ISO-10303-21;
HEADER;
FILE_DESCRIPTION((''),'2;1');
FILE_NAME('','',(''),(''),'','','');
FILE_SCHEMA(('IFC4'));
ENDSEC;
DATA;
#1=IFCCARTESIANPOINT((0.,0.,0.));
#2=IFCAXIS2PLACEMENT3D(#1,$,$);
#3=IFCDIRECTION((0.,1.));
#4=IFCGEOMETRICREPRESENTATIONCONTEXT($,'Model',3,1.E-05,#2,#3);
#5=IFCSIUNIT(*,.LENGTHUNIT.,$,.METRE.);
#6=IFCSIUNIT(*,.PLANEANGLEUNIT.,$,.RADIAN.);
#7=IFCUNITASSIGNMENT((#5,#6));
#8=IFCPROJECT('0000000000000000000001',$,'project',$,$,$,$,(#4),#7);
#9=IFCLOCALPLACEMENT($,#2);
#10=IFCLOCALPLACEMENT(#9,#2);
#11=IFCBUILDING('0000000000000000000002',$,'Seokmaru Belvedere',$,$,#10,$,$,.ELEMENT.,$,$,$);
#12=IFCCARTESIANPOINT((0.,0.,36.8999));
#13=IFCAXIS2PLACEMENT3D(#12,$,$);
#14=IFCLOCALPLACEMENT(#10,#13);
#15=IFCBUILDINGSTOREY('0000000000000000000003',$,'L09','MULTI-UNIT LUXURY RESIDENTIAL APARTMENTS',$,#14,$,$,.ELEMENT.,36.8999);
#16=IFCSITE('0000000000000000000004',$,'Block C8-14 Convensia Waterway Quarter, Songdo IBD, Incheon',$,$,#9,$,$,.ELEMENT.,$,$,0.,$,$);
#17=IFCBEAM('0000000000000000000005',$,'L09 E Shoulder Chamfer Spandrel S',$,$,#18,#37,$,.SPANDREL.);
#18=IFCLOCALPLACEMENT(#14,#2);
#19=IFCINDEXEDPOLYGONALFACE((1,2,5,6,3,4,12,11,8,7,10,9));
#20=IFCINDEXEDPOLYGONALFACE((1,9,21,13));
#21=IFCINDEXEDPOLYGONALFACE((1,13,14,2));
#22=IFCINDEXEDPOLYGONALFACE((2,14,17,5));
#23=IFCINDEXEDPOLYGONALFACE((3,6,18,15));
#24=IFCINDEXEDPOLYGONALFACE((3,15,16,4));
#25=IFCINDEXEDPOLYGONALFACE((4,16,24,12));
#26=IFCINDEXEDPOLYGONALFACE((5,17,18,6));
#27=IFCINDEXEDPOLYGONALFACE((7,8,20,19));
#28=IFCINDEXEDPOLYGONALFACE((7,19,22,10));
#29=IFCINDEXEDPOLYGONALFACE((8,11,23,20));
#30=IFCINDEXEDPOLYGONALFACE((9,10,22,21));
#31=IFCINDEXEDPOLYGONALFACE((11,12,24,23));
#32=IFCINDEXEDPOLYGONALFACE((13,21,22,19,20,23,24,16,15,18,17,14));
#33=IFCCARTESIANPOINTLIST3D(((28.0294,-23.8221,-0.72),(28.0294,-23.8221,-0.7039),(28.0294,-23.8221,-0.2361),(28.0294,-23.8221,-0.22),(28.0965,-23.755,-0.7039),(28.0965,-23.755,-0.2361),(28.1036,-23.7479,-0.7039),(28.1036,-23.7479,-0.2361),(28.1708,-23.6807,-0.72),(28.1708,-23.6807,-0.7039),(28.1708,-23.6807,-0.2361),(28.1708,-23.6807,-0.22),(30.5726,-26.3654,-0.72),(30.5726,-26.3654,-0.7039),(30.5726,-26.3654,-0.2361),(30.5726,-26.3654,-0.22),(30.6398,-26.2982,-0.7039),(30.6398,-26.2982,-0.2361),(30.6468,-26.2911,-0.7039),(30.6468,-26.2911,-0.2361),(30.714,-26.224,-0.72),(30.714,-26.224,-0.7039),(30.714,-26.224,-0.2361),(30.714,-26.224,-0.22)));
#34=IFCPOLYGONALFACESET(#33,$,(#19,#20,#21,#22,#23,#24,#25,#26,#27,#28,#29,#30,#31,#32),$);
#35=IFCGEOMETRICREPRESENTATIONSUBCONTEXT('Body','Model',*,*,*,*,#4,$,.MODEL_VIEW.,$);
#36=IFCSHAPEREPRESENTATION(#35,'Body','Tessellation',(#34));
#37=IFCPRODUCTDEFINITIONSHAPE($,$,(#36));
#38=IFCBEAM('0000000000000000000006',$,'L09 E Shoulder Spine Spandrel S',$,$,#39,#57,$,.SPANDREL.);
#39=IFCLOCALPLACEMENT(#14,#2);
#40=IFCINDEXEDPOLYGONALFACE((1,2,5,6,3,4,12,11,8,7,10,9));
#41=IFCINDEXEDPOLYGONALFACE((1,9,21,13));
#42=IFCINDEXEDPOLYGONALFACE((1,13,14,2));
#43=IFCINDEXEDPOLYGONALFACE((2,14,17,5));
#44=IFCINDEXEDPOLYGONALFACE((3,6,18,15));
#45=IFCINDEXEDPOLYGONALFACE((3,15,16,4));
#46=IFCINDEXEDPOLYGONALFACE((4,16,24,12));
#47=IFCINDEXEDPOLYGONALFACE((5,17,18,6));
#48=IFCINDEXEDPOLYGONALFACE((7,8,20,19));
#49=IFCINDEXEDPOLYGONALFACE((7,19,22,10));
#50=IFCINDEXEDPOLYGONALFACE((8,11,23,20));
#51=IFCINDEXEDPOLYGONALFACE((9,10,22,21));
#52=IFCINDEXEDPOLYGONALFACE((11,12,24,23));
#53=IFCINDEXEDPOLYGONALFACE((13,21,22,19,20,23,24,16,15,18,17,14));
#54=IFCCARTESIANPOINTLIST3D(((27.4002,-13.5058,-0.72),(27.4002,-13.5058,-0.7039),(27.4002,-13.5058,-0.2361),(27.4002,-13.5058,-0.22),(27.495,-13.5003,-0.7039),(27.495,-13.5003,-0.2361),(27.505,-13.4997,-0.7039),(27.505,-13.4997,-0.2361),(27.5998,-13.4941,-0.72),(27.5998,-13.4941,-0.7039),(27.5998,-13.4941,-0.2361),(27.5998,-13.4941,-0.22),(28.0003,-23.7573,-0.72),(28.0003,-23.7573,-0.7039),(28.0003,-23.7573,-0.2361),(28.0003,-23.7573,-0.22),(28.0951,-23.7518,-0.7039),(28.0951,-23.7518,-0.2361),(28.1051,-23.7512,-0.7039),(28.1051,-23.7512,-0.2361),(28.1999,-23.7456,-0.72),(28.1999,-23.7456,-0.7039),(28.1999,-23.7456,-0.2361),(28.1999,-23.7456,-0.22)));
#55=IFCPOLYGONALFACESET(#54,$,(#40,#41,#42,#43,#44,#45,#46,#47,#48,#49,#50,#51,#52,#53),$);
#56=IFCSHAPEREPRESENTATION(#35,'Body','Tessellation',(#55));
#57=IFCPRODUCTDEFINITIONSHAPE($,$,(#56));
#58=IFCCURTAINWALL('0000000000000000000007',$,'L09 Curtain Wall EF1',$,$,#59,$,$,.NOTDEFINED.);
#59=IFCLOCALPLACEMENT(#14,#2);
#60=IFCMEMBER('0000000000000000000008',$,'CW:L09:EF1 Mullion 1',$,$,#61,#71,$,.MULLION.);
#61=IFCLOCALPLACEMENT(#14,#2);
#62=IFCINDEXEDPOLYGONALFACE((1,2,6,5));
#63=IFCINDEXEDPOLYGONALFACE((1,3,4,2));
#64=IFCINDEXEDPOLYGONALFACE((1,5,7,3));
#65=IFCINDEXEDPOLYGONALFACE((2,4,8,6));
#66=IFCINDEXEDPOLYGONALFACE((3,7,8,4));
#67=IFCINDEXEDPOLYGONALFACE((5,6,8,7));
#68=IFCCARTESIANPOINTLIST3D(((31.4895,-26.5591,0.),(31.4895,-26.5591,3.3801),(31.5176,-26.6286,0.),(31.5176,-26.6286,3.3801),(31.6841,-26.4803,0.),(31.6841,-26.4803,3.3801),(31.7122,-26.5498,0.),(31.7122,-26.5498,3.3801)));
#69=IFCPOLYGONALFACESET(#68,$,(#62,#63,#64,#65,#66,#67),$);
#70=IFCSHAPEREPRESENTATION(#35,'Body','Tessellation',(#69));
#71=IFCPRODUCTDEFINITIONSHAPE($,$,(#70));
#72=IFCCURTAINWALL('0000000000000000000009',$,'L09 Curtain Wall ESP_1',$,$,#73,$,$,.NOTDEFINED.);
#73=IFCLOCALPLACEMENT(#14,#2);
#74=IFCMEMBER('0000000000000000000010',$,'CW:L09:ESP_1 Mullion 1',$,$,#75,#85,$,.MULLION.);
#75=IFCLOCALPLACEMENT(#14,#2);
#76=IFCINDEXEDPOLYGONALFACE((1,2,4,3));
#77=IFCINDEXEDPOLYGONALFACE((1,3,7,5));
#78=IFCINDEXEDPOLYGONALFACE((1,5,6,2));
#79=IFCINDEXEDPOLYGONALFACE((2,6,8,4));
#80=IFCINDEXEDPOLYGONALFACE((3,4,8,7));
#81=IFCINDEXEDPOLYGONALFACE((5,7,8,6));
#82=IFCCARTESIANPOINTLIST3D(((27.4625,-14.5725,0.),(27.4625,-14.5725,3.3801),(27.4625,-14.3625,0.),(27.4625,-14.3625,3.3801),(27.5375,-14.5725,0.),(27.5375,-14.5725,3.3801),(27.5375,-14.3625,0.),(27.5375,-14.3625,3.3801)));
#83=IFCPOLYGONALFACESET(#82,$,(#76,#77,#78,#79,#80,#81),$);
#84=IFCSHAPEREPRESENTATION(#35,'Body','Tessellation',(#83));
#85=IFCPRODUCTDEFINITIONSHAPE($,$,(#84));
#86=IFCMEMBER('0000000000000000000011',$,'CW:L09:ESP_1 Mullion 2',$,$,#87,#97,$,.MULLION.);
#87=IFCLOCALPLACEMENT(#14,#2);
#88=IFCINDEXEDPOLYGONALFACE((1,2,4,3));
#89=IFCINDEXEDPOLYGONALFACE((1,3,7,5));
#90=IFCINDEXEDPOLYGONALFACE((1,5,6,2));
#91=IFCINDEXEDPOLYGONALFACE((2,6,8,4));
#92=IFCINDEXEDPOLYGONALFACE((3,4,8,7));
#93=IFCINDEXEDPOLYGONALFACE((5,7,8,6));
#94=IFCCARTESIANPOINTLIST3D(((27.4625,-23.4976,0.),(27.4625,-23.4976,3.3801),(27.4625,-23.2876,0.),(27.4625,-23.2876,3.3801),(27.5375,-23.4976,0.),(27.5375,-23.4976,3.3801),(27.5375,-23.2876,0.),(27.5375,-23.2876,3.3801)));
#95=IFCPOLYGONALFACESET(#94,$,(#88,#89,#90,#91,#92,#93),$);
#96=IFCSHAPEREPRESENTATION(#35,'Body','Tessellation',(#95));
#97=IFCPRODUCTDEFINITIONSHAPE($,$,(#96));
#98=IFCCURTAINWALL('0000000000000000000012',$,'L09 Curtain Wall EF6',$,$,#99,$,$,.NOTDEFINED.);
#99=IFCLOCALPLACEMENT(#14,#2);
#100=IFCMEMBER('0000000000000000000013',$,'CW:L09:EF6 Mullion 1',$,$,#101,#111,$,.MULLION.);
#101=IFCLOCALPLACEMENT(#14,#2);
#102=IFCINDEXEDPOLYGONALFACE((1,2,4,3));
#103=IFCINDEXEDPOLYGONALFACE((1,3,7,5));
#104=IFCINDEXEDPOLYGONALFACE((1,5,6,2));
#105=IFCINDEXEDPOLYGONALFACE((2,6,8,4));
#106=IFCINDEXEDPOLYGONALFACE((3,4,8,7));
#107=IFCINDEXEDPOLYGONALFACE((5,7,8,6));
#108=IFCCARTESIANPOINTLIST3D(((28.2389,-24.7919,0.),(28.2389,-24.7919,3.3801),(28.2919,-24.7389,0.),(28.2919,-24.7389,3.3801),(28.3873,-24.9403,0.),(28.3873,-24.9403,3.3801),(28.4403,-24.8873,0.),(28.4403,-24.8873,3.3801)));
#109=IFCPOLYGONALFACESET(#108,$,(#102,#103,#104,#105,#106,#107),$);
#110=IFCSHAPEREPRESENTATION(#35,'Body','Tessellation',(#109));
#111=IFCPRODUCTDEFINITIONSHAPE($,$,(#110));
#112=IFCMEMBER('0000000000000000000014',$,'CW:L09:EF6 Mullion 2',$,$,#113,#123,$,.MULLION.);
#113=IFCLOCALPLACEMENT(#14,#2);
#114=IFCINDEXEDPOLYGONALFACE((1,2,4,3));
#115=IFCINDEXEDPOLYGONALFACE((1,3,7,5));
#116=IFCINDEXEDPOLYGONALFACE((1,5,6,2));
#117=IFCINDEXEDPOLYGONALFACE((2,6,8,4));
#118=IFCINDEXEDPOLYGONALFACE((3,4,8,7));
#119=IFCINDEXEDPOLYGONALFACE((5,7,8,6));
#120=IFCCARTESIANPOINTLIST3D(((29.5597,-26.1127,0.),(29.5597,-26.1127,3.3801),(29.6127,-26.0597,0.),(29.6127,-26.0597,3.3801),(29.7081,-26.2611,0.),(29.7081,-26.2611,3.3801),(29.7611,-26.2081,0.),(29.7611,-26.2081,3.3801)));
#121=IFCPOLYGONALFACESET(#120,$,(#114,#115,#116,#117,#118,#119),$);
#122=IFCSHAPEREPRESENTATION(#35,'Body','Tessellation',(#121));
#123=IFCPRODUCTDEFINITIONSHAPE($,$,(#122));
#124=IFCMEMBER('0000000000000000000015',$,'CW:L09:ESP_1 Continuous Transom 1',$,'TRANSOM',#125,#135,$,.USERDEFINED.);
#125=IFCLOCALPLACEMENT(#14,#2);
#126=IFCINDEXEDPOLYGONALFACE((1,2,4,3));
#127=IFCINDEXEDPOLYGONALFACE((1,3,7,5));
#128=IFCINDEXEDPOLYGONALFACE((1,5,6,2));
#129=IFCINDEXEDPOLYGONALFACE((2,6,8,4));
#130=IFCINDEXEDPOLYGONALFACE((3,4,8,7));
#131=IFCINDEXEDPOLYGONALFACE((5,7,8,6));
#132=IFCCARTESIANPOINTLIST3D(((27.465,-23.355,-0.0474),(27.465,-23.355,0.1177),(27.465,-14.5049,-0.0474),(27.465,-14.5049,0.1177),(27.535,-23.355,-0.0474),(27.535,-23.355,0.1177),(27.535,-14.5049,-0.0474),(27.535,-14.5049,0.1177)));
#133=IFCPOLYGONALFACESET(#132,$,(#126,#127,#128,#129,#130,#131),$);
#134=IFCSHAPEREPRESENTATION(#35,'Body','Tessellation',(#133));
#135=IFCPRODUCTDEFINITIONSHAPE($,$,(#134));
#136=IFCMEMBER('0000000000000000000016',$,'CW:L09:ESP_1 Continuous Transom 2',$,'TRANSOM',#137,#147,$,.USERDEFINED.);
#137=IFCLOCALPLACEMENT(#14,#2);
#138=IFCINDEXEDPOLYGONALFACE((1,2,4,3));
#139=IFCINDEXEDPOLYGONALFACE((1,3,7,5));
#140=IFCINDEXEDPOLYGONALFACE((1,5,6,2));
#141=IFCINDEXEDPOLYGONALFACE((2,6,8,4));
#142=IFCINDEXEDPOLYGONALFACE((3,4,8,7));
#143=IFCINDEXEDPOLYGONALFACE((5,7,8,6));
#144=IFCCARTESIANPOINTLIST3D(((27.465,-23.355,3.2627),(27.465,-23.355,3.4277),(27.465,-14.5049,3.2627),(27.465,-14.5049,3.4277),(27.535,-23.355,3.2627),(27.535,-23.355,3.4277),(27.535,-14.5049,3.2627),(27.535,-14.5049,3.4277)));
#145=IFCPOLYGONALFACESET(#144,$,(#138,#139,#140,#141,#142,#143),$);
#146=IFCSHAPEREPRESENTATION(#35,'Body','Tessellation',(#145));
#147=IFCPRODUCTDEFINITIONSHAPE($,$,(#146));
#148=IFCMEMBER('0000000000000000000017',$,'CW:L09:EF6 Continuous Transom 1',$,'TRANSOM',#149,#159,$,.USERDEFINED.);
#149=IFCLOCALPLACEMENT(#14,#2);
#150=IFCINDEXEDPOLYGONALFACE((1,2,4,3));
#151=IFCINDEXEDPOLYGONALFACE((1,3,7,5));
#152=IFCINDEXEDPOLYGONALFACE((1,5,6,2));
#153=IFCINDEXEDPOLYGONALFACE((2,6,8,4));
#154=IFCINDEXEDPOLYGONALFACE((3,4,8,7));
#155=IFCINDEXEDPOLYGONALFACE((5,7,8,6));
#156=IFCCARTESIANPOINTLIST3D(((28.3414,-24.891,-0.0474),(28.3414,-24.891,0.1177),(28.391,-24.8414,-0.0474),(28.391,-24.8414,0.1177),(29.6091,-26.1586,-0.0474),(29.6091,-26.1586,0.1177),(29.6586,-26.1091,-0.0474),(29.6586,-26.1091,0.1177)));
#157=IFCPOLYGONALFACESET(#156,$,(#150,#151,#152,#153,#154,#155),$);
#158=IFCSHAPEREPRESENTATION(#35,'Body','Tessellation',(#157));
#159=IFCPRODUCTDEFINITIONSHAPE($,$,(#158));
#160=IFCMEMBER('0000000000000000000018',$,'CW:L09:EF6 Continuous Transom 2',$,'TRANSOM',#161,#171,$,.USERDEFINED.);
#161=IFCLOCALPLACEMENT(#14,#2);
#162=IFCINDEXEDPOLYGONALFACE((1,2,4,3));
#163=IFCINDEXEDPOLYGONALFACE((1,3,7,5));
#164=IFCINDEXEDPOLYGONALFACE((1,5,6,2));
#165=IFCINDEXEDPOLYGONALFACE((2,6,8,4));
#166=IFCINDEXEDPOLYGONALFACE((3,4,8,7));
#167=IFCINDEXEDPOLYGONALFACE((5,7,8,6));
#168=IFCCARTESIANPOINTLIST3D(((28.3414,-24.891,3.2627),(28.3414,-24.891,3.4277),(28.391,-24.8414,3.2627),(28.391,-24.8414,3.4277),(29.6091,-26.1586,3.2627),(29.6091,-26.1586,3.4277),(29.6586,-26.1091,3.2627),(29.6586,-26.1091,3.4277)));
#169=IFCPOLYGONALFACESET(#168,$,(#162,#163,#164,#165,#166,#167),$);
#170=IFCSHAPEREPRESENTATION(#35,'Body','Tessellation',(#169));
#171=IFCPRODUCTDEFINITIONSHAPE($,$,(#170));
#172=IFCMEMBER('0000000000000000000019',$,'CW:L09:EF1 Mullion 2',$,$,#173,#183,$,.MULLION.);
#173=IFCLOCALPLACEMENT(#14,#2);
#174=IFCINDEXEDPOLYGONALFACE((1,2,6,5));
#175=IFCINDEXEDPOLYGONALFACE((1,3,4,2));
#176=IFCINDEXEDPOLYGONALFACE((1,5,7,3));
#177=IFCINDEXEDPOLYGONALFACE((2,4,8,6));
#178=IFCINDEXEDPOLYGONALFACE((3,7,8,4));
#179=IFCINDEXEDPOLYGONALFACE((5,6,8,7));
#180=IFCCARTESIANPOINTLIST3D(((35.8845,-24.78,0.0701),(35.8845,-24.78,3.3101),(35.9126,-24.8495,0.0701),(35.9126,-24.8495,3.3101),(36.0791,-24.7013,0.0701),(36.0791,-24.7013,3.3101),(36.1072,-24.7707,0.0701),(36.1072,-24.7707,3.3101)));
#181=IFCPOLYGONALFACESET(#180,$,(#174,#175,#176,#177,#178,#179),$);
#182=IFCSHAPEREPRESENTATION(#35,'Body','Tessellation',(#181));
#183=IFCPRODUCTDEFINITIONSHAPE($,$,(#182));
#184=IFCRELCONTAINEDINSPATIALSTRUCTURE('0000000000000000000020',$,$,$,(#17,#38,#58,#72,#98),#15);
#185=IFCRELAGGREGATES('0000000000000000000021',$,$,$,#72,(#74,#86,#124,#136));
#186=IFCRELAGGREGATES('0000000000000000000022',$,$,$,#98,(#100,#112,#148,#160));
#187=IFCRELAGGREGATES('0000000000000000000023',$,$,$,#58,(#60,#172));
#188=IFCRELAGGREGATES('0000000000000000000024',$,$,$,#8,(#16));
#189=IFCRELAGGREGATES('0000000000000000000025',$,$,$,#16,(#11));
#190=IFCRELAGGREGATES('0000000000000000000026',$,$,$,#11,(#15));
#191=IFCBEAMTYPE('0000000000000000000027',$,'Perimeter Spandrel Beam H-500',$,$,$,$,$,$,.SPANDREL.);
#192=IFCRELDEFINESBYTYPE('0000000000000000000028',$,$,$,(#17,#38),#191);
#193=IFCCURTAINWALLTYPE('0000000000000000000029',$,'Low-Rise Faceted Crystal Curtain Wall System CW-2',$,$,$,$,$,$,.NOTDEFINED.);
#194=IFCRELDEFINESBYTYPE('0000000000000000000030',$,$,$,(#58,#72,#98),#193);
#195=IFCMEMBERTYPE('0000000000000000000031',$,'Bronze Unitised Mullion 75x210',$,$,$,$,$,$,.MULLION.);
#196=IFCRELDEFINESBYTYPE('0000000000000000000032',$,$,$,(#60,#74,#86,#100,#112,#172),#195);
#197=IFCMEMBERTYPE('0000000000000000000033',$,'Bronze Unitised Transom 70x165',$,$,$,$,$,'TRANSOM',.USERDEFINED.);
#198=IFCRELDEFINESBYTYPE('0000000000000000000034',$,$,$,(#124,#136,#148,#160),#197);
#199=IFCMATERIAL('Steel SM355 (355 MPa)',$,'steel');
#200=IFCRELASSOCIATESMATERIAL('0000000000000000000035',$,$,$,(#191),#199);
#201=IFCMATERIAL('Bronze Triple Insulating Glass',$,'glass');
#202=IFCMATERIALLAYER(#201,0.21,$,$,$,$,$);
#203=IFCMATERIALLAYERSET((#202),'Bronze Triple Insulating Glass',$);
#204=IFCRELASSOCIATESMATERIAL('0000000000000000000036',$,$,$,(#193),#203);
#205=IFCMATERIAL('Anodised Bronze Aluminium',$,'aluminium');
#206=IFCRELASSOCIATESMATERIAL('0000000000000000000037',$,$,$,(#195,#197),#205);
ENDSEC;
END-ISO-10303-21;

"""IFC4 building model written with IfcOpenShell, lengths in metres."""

from ifc_helpers import new_model, si_unit, direction, frame, origin, origin_2d, place, context, subcontext, project, spatial, rectangle, i_section, extrude, source, transform, mapped, material, layer, layer_set, material_profile, profile_set, type_object, type_shapes, element, aggregate, save


model = new_model("IFC4")

# Units and contexts
model_context = context("Model", 3, precision=1e-05, world=origin(), true_north=direction((0.0, 1.0)))
body_context = subcontext(model_context, "Body", "Model", "MODEL_VIEW")
ifc_project = project(units=[si_unit("LENGTHUNIT", "METRE"), si_unit("PLANEANGLEUNIT", "RADIAN")], contexts=[model_context])

# Site, building, storey
site_placement = place(None, origin())
site = spatial("IfcSite", under=ifc_project, at=site_placement, Name="Block C8-14 Convensia Waterway Quarter, Songdo IBD, Incheon", CompositionType="ELEMENT", RefElevation=0.0)
building_placement = place(site_placement, origin())
building = spatial("IfcBuilding", under=site, at=building_placement, Name="Seokmaru Belvedere", CompositionType="ELEMENT")
storey_placement = place(building_placement, frame((0.0, 0.0, 36.8999)))
storey = spatial("IfcBuildingStorey", under=building, at=storey_placement, Name="L09", Description="MULTI-UNIT LUXURY RESIDENTIAL APARTMENTS", CompositionType="ELEMENT", Elevation=36.8999)

# Shared definitions
ifc_material_1 = material(Name="Steel SM355 (355 MPa)", Category="steel")

# Beams
ifc_material_profile_1 = material_profile(ifc_material_1, i_section(OverallWidth=0.2, OverallDepth=0.5, WebThickness=0.01, FlangeThickness=0.0161, at=origin_2d()), Name="H-500x200x10x16")
ifc_profile_set_1 = profile_set([ifc_material_profile_1], Name="Steel SM355 (355 MPa)")
beam_type_1 = type_object("IfcBeamType", Name="Perimeter Spandrel Beam H-500", PredefinedType="SPANDREL", material=ifc_profile_set_1)
shared_shape_1 = source(origin(), body_context, "Body", "SweptSolid", [
    extrude(i_section(OverallWidth=0.2, OverallDepth=0.5, WebThickness=0.01, FlangeThickness=0.0161, at=origin_2d()), origin(), (0.0, 0.0, 1.0), 3.5967),
])
beam_1_placement = place(storey_placement, frame((30.6433, -26.2947, -0.47), z_axis=(-0.707107, 0.707107, 0.0), x_axis=(-0.707107, -0.707107, 0.0)))
element("IfcBeam", 1, at=beam_1_placement, inside=storey, type_object=beam_type_1, Name="L09 E Shoulder Chamfer Spandrel S", PredefinedType="SPANDREL", context=body_context, shape_type="MappedRepresentation", body=[
    mapped(shared_shape_1, transform((0.0, 0.0, 0.0), scale=1.0)),
])
shared_shape_2 = source(origin(), body_context, "Body", "SweptSolid", [
    extrude(i_section(OverallWidth=0.2, OverallDepth=0.5, WebThickness=0.01, FlangeThickness=0.0161, at=origin_2d()), origin(), (0.0, 0.0, 1.0), 10.269),
])
beam_2_placement = place(storey_placement, frame((28.1001, -23.7515, -0.47), z_axis=(-0.058438, 0.998291, 0.0), x_axis=(-0.998291, -0.058438, 0.0)))
element("IfcBeam", 2, at=beam_2_placement, inside=storey, type_object=beam_type_1, Name="L09 E Shoulder Spine Spandrel S", PredefinedType="SPANDREL", context=body_context, shape_type="MappedRepresentation", body=[
    mapped(shared_shape_2, transform((0.0, 0.0, 0.0), scale=1.0)),
])

# Curtain wall, member
ifc_material_2 = material(Name="Bronze Triple Insulating Glass", Category="glass")
ifc_layer_1 = layer(ifc_material_2, 0.21)
ifc_layer_set_1 = layer_set([ifc_layer_1], Name="Bronze Triple Insulating Glass")
curtain_wall_type = type_object("IfcCurtainWallType", Name="Low-Rise Faceted Crystal Curtain Wall System CW-2", PredefinedType="NOTDEFINED", material=ifc_layer_set_1)
curtain_wall_1_placement = place(storey_placement, origin())
curtain_wall_1 = element("IfcCurtainWall", 3, at=curtain_wall_1_placement, inside=storey, type_object=curtain_wall_type, Name="L09 Curtain Wall EF1", PredefinedType="NOTDEFINED")
ifc_material_3 = material(Name="Anodised Bronze Aluminium", Category="aluminium")
ifc_material_profile_2 = material_profile(ifc_material_3, rectangle(XDim=0.075, YDim=0.21, at=origin_2d()), Name="CW-M-75x210")
ifc_profile_set_2 = profile_set([ifc_material_profile_2], Name="Anodised Bronze Aluminium")
member_type_1 = type_object("IfcMemberType", Name="Bronze Unitised Mullion 75x210", PredefinedType="MULLION", material=ifc_profile_set_2)
shared_shape_3 = source(origin(), body_context, "Body", "SweptSolid", [
    extrude(rectangle(XDim=0.075, YDim=0.21, at=origin_2d()), origin(), (0.0, 0.0, 1.0), 3.3801),
])
member_1_placement = place(storey_placement, frame((31.6008, -26.5544, 0.0), z_axis=(0.0, 0.0, 1.0), x_axis=(-0.375192, 0.926947, 0.0)))
member_1 = element("IfcMember", 4, at=member_1_placement, type_object=member_type_1, Name="CW:L09:EF1 Mullion 1", PredefinedType="MULLION", context=body_context, shape_type="MappedRepresentation", body=[
    mapped(shared_shape_3, transform((0.0, 0.0, 0.0), scale=1.0)),
])

# Curtain walls, members
curtain_wall_2_placement = place(storey_placement, origin())
curtain_wall_2 = element("IfcCurtainWall", 5, at=curtain_wall_2_placement, inside=storey, type_object=curtain_wall_type, Name="L09 Curtain Wall ESP_1", PredefinedType="NOTDEFINED")
member_2_placement = place(storey_placement, frame((27.5, -14.4675, 0.0), z_axis=(0.0, 0.0, 1.0), x_axis=(1.0, 0.0, 0.0)))
member_2 = element("IfcMember", 6, at=member_2_placement, type_object=member_type_1, Name="CW:L09:ESP_1 Mullion 1", PredefinedType="MULLION", context=body_context, shape_type="MappedRepresentation", body=[
    mapped(shared_shape_3, transform((0.0, 0.0, 0.0), scale=1.0)),
])
member_3_placement = place(storey_placement, frame((27.5, -23.3926, 0.0), z_axis=(0.0, 0.0, 1.0), x_axis=(1.0, 0.0, 0.0)))
member_3 = element("IfcMember", 7, at=member_3_placement, type_object=member_type_1, Name="CW:L09:ESP_1 Mullion 2", PredefinedType="MULLION", context=body_context, shape_type="MappedRepresentation", body=[
    mapped(shared_shape_3, transform((0.0, 0.0, 0.0), scale=1.0)),
])
curtain_wall_3_placement = place(storey_placement, origin())
curtain_wall_3 = element("IfcCurtainWall", 8, at=curtain_wall_3_placement, inside=storey, type_object=curtain_wall_type, Name="L09 Curtain Wall EF6", PredefinedType="NOTDEFINED")
member_4_placement = place(storey_placement, frame((28.3396, -24.8396, 0.0), z_axis=(0.0, 0.0, 1.0), x_axis=(0.707107, 0.707107, 0.0)))
member_4 = element("IfcMember", 9, at=member_4_placement, type_object=member_type_1, Name="CW:L09:EF6 Mullion 1", PredefinedType="MULLION", context=body_context, shape_type="MappedRepresentation", body=[
    mapped(shared_shape_3, transform((0.0, 0.0, 0.0), scale=1.0)),
])
member_5_placement = place(storey_placement, frame((29.6604, -26.1604, 0.0), z_axis=(0.0, 0.0, 1.0), x_axis=(0.707107, 0.707107, 0.0)))
member_5 = element("IfcMember", 10, at=member_5_placement, type_object=member_type_1, Name="CW:L09:EF6 Mullion 2", PredefinedType="MULLION", context=body_context, shape_type="MappedRepresentation", body=[
    mapped(shared_shape_3, transform((0.0, 0.0, 0.0), scale=1.0)),
])

# Members
ifc_material_profile_3 = material_profile(ifc_material_3, rectangle(XDim=0.0701, YDim=0.165, at=origin_2d()), Name="CW-T-70x165")
ifc_profile_set_3 = profile_set([ifc_material_profile_3], Name="Anodised Bronze Aluminium")
member_type_2 = type_object("IfcMemberType", Name="Bronze Unitised Transom 70x165", ElementType="TRANSOM", PredefinedType="USERDEFINED", material=ifc_profile_set_3)
shared_shape_4 = source(origin(), body_context, "Body", "SweptSolid", [
    extrude(rectangle(XDim=0.0701, YDim=0.165, at=origin_2d()), origin(), (0.0, 0.0, 1.0), 8.8501),
])
member_6_placement = place(storey_placement, frame((27.5, -14.5049, 0.0352), z_axis=(0.0, -1.0, 0.0), x_axis=(1.0, 0.0, 0.0)))
member_6 = element("IfcMember", 11, at=member_6_placement, type_object=member_type_2, Name="CW:L09:ESP_1 Continuous Transom 1", ObjectType="TRANSOM", PredefinedType="USERDEFINED", context=body_context, shape_type="MappedRepresentation", body=[
    mapped(shared_shape_4, transform((0.0, 0.0, 0.0), scale=1.0)),
])
member_7_placement = place(storey_placement, frame((27.5, -14.5049, 3.3452), z_axis=(0.0, -1.0, 0.0), x_axis=(1.0, 0.0, 0.0)))
member_7 = element("IfcMember", 12, at=member_7_placement, type_object=member_type_2, Name="CW:L09:ESP_1 Continuous Transom 2", ObjectType="TRANSOM", PredefinedType="USERDEFINED", context=body_context, shape_type="MappedRepresentation", body=[
    mapped(shared_shape_4, transform((0.0, 0.0, 0.0), scale=1.0)),
])
shared_shape_5 = source(origin(), body_context, "Body", "SweptSolid", [
    extrude(rectangle(XDim=0.0701, YDim=0.165, at=origin_2d()), origin(), (0.0, 0.0, 1.0), 1.7927),
])
member_8_placement = place(storey_placement, frame((28.3662, -24.8662, 0.0352), z_axis=(0.707107, -0.707107, 0.0), x_axis=(0.707107, 0.707107, 0.0)))
member_8 = element("IfcMember", 13, at=member_8_placement, type_object=member_type_2, Name="CW:L09:EF6 Continuous Transom 1", ObjectType="TRANSOM", PredefinedType="USERDEFINED", context=body_context, shape_type="MappedRepresentation", body=[
    mapped(shared_shape_5, transform((0.0, 0.0, 0.0), scale=1.0)),
])
member_9_placement = place(storey_placement, frame((28.3662, -24.8662, 3.3452), z_axis=(0.707107, -0.707107, 0.0), x_axis=(0.707107, 0.707107, 0.0)))
member_9 = element("IfcMember", 14, at=member_9_placement, type_object=member_type_2, Name="CW:L09:EF6 Continuous Transom 2", ObjectType="TRANSOM", PredefinedType="USERDEFINED", context=body_context, shape_type="MappedRepresentation", body=[
    mapped(shared_shape_5, transform((0.0, 0.0, 0.0), scale=1.0)),
])
shared_shape_6 = source(origin(), body_context, "Body", "SweptSolid", [
    extrude(rectangle(XDim=0.075, YDim=0.21, at=origin_2d()), origin(), (0.0, 0.0, 1.0), 3.24),
])
type_shapes(member_type_1, [shared_shape_3, shared_shape_6])
member_10_placement = place(storey_placement, frame((35.9958, -24.7754, 0.0701), z_axis=(0.0, 0.0, 1.0), x_axis=(-0.375192, 0.926947, 0.0)))
member_10 = element("IfcMember", 15, at=member_10_placement, type_object=member_type_1, Name="CW:L09:EF1 Mullion 2", PredefinedType="MULLION", context=body_context, shape_type="MappedRepresentation", body=[
    mapped(shared_shape_6, transform((0.0, 0.0, 0.0), scale=1.0)),
])

aggregate(curtain_wall_2, [member_2, member_3, member_6, member_7])
aggregate(curtain_wall_3, [member_4, member_5, member_8, member_9])
aggregate(curtain_wall_1, [member_1, member_10])

save(model, "model.ifc")
